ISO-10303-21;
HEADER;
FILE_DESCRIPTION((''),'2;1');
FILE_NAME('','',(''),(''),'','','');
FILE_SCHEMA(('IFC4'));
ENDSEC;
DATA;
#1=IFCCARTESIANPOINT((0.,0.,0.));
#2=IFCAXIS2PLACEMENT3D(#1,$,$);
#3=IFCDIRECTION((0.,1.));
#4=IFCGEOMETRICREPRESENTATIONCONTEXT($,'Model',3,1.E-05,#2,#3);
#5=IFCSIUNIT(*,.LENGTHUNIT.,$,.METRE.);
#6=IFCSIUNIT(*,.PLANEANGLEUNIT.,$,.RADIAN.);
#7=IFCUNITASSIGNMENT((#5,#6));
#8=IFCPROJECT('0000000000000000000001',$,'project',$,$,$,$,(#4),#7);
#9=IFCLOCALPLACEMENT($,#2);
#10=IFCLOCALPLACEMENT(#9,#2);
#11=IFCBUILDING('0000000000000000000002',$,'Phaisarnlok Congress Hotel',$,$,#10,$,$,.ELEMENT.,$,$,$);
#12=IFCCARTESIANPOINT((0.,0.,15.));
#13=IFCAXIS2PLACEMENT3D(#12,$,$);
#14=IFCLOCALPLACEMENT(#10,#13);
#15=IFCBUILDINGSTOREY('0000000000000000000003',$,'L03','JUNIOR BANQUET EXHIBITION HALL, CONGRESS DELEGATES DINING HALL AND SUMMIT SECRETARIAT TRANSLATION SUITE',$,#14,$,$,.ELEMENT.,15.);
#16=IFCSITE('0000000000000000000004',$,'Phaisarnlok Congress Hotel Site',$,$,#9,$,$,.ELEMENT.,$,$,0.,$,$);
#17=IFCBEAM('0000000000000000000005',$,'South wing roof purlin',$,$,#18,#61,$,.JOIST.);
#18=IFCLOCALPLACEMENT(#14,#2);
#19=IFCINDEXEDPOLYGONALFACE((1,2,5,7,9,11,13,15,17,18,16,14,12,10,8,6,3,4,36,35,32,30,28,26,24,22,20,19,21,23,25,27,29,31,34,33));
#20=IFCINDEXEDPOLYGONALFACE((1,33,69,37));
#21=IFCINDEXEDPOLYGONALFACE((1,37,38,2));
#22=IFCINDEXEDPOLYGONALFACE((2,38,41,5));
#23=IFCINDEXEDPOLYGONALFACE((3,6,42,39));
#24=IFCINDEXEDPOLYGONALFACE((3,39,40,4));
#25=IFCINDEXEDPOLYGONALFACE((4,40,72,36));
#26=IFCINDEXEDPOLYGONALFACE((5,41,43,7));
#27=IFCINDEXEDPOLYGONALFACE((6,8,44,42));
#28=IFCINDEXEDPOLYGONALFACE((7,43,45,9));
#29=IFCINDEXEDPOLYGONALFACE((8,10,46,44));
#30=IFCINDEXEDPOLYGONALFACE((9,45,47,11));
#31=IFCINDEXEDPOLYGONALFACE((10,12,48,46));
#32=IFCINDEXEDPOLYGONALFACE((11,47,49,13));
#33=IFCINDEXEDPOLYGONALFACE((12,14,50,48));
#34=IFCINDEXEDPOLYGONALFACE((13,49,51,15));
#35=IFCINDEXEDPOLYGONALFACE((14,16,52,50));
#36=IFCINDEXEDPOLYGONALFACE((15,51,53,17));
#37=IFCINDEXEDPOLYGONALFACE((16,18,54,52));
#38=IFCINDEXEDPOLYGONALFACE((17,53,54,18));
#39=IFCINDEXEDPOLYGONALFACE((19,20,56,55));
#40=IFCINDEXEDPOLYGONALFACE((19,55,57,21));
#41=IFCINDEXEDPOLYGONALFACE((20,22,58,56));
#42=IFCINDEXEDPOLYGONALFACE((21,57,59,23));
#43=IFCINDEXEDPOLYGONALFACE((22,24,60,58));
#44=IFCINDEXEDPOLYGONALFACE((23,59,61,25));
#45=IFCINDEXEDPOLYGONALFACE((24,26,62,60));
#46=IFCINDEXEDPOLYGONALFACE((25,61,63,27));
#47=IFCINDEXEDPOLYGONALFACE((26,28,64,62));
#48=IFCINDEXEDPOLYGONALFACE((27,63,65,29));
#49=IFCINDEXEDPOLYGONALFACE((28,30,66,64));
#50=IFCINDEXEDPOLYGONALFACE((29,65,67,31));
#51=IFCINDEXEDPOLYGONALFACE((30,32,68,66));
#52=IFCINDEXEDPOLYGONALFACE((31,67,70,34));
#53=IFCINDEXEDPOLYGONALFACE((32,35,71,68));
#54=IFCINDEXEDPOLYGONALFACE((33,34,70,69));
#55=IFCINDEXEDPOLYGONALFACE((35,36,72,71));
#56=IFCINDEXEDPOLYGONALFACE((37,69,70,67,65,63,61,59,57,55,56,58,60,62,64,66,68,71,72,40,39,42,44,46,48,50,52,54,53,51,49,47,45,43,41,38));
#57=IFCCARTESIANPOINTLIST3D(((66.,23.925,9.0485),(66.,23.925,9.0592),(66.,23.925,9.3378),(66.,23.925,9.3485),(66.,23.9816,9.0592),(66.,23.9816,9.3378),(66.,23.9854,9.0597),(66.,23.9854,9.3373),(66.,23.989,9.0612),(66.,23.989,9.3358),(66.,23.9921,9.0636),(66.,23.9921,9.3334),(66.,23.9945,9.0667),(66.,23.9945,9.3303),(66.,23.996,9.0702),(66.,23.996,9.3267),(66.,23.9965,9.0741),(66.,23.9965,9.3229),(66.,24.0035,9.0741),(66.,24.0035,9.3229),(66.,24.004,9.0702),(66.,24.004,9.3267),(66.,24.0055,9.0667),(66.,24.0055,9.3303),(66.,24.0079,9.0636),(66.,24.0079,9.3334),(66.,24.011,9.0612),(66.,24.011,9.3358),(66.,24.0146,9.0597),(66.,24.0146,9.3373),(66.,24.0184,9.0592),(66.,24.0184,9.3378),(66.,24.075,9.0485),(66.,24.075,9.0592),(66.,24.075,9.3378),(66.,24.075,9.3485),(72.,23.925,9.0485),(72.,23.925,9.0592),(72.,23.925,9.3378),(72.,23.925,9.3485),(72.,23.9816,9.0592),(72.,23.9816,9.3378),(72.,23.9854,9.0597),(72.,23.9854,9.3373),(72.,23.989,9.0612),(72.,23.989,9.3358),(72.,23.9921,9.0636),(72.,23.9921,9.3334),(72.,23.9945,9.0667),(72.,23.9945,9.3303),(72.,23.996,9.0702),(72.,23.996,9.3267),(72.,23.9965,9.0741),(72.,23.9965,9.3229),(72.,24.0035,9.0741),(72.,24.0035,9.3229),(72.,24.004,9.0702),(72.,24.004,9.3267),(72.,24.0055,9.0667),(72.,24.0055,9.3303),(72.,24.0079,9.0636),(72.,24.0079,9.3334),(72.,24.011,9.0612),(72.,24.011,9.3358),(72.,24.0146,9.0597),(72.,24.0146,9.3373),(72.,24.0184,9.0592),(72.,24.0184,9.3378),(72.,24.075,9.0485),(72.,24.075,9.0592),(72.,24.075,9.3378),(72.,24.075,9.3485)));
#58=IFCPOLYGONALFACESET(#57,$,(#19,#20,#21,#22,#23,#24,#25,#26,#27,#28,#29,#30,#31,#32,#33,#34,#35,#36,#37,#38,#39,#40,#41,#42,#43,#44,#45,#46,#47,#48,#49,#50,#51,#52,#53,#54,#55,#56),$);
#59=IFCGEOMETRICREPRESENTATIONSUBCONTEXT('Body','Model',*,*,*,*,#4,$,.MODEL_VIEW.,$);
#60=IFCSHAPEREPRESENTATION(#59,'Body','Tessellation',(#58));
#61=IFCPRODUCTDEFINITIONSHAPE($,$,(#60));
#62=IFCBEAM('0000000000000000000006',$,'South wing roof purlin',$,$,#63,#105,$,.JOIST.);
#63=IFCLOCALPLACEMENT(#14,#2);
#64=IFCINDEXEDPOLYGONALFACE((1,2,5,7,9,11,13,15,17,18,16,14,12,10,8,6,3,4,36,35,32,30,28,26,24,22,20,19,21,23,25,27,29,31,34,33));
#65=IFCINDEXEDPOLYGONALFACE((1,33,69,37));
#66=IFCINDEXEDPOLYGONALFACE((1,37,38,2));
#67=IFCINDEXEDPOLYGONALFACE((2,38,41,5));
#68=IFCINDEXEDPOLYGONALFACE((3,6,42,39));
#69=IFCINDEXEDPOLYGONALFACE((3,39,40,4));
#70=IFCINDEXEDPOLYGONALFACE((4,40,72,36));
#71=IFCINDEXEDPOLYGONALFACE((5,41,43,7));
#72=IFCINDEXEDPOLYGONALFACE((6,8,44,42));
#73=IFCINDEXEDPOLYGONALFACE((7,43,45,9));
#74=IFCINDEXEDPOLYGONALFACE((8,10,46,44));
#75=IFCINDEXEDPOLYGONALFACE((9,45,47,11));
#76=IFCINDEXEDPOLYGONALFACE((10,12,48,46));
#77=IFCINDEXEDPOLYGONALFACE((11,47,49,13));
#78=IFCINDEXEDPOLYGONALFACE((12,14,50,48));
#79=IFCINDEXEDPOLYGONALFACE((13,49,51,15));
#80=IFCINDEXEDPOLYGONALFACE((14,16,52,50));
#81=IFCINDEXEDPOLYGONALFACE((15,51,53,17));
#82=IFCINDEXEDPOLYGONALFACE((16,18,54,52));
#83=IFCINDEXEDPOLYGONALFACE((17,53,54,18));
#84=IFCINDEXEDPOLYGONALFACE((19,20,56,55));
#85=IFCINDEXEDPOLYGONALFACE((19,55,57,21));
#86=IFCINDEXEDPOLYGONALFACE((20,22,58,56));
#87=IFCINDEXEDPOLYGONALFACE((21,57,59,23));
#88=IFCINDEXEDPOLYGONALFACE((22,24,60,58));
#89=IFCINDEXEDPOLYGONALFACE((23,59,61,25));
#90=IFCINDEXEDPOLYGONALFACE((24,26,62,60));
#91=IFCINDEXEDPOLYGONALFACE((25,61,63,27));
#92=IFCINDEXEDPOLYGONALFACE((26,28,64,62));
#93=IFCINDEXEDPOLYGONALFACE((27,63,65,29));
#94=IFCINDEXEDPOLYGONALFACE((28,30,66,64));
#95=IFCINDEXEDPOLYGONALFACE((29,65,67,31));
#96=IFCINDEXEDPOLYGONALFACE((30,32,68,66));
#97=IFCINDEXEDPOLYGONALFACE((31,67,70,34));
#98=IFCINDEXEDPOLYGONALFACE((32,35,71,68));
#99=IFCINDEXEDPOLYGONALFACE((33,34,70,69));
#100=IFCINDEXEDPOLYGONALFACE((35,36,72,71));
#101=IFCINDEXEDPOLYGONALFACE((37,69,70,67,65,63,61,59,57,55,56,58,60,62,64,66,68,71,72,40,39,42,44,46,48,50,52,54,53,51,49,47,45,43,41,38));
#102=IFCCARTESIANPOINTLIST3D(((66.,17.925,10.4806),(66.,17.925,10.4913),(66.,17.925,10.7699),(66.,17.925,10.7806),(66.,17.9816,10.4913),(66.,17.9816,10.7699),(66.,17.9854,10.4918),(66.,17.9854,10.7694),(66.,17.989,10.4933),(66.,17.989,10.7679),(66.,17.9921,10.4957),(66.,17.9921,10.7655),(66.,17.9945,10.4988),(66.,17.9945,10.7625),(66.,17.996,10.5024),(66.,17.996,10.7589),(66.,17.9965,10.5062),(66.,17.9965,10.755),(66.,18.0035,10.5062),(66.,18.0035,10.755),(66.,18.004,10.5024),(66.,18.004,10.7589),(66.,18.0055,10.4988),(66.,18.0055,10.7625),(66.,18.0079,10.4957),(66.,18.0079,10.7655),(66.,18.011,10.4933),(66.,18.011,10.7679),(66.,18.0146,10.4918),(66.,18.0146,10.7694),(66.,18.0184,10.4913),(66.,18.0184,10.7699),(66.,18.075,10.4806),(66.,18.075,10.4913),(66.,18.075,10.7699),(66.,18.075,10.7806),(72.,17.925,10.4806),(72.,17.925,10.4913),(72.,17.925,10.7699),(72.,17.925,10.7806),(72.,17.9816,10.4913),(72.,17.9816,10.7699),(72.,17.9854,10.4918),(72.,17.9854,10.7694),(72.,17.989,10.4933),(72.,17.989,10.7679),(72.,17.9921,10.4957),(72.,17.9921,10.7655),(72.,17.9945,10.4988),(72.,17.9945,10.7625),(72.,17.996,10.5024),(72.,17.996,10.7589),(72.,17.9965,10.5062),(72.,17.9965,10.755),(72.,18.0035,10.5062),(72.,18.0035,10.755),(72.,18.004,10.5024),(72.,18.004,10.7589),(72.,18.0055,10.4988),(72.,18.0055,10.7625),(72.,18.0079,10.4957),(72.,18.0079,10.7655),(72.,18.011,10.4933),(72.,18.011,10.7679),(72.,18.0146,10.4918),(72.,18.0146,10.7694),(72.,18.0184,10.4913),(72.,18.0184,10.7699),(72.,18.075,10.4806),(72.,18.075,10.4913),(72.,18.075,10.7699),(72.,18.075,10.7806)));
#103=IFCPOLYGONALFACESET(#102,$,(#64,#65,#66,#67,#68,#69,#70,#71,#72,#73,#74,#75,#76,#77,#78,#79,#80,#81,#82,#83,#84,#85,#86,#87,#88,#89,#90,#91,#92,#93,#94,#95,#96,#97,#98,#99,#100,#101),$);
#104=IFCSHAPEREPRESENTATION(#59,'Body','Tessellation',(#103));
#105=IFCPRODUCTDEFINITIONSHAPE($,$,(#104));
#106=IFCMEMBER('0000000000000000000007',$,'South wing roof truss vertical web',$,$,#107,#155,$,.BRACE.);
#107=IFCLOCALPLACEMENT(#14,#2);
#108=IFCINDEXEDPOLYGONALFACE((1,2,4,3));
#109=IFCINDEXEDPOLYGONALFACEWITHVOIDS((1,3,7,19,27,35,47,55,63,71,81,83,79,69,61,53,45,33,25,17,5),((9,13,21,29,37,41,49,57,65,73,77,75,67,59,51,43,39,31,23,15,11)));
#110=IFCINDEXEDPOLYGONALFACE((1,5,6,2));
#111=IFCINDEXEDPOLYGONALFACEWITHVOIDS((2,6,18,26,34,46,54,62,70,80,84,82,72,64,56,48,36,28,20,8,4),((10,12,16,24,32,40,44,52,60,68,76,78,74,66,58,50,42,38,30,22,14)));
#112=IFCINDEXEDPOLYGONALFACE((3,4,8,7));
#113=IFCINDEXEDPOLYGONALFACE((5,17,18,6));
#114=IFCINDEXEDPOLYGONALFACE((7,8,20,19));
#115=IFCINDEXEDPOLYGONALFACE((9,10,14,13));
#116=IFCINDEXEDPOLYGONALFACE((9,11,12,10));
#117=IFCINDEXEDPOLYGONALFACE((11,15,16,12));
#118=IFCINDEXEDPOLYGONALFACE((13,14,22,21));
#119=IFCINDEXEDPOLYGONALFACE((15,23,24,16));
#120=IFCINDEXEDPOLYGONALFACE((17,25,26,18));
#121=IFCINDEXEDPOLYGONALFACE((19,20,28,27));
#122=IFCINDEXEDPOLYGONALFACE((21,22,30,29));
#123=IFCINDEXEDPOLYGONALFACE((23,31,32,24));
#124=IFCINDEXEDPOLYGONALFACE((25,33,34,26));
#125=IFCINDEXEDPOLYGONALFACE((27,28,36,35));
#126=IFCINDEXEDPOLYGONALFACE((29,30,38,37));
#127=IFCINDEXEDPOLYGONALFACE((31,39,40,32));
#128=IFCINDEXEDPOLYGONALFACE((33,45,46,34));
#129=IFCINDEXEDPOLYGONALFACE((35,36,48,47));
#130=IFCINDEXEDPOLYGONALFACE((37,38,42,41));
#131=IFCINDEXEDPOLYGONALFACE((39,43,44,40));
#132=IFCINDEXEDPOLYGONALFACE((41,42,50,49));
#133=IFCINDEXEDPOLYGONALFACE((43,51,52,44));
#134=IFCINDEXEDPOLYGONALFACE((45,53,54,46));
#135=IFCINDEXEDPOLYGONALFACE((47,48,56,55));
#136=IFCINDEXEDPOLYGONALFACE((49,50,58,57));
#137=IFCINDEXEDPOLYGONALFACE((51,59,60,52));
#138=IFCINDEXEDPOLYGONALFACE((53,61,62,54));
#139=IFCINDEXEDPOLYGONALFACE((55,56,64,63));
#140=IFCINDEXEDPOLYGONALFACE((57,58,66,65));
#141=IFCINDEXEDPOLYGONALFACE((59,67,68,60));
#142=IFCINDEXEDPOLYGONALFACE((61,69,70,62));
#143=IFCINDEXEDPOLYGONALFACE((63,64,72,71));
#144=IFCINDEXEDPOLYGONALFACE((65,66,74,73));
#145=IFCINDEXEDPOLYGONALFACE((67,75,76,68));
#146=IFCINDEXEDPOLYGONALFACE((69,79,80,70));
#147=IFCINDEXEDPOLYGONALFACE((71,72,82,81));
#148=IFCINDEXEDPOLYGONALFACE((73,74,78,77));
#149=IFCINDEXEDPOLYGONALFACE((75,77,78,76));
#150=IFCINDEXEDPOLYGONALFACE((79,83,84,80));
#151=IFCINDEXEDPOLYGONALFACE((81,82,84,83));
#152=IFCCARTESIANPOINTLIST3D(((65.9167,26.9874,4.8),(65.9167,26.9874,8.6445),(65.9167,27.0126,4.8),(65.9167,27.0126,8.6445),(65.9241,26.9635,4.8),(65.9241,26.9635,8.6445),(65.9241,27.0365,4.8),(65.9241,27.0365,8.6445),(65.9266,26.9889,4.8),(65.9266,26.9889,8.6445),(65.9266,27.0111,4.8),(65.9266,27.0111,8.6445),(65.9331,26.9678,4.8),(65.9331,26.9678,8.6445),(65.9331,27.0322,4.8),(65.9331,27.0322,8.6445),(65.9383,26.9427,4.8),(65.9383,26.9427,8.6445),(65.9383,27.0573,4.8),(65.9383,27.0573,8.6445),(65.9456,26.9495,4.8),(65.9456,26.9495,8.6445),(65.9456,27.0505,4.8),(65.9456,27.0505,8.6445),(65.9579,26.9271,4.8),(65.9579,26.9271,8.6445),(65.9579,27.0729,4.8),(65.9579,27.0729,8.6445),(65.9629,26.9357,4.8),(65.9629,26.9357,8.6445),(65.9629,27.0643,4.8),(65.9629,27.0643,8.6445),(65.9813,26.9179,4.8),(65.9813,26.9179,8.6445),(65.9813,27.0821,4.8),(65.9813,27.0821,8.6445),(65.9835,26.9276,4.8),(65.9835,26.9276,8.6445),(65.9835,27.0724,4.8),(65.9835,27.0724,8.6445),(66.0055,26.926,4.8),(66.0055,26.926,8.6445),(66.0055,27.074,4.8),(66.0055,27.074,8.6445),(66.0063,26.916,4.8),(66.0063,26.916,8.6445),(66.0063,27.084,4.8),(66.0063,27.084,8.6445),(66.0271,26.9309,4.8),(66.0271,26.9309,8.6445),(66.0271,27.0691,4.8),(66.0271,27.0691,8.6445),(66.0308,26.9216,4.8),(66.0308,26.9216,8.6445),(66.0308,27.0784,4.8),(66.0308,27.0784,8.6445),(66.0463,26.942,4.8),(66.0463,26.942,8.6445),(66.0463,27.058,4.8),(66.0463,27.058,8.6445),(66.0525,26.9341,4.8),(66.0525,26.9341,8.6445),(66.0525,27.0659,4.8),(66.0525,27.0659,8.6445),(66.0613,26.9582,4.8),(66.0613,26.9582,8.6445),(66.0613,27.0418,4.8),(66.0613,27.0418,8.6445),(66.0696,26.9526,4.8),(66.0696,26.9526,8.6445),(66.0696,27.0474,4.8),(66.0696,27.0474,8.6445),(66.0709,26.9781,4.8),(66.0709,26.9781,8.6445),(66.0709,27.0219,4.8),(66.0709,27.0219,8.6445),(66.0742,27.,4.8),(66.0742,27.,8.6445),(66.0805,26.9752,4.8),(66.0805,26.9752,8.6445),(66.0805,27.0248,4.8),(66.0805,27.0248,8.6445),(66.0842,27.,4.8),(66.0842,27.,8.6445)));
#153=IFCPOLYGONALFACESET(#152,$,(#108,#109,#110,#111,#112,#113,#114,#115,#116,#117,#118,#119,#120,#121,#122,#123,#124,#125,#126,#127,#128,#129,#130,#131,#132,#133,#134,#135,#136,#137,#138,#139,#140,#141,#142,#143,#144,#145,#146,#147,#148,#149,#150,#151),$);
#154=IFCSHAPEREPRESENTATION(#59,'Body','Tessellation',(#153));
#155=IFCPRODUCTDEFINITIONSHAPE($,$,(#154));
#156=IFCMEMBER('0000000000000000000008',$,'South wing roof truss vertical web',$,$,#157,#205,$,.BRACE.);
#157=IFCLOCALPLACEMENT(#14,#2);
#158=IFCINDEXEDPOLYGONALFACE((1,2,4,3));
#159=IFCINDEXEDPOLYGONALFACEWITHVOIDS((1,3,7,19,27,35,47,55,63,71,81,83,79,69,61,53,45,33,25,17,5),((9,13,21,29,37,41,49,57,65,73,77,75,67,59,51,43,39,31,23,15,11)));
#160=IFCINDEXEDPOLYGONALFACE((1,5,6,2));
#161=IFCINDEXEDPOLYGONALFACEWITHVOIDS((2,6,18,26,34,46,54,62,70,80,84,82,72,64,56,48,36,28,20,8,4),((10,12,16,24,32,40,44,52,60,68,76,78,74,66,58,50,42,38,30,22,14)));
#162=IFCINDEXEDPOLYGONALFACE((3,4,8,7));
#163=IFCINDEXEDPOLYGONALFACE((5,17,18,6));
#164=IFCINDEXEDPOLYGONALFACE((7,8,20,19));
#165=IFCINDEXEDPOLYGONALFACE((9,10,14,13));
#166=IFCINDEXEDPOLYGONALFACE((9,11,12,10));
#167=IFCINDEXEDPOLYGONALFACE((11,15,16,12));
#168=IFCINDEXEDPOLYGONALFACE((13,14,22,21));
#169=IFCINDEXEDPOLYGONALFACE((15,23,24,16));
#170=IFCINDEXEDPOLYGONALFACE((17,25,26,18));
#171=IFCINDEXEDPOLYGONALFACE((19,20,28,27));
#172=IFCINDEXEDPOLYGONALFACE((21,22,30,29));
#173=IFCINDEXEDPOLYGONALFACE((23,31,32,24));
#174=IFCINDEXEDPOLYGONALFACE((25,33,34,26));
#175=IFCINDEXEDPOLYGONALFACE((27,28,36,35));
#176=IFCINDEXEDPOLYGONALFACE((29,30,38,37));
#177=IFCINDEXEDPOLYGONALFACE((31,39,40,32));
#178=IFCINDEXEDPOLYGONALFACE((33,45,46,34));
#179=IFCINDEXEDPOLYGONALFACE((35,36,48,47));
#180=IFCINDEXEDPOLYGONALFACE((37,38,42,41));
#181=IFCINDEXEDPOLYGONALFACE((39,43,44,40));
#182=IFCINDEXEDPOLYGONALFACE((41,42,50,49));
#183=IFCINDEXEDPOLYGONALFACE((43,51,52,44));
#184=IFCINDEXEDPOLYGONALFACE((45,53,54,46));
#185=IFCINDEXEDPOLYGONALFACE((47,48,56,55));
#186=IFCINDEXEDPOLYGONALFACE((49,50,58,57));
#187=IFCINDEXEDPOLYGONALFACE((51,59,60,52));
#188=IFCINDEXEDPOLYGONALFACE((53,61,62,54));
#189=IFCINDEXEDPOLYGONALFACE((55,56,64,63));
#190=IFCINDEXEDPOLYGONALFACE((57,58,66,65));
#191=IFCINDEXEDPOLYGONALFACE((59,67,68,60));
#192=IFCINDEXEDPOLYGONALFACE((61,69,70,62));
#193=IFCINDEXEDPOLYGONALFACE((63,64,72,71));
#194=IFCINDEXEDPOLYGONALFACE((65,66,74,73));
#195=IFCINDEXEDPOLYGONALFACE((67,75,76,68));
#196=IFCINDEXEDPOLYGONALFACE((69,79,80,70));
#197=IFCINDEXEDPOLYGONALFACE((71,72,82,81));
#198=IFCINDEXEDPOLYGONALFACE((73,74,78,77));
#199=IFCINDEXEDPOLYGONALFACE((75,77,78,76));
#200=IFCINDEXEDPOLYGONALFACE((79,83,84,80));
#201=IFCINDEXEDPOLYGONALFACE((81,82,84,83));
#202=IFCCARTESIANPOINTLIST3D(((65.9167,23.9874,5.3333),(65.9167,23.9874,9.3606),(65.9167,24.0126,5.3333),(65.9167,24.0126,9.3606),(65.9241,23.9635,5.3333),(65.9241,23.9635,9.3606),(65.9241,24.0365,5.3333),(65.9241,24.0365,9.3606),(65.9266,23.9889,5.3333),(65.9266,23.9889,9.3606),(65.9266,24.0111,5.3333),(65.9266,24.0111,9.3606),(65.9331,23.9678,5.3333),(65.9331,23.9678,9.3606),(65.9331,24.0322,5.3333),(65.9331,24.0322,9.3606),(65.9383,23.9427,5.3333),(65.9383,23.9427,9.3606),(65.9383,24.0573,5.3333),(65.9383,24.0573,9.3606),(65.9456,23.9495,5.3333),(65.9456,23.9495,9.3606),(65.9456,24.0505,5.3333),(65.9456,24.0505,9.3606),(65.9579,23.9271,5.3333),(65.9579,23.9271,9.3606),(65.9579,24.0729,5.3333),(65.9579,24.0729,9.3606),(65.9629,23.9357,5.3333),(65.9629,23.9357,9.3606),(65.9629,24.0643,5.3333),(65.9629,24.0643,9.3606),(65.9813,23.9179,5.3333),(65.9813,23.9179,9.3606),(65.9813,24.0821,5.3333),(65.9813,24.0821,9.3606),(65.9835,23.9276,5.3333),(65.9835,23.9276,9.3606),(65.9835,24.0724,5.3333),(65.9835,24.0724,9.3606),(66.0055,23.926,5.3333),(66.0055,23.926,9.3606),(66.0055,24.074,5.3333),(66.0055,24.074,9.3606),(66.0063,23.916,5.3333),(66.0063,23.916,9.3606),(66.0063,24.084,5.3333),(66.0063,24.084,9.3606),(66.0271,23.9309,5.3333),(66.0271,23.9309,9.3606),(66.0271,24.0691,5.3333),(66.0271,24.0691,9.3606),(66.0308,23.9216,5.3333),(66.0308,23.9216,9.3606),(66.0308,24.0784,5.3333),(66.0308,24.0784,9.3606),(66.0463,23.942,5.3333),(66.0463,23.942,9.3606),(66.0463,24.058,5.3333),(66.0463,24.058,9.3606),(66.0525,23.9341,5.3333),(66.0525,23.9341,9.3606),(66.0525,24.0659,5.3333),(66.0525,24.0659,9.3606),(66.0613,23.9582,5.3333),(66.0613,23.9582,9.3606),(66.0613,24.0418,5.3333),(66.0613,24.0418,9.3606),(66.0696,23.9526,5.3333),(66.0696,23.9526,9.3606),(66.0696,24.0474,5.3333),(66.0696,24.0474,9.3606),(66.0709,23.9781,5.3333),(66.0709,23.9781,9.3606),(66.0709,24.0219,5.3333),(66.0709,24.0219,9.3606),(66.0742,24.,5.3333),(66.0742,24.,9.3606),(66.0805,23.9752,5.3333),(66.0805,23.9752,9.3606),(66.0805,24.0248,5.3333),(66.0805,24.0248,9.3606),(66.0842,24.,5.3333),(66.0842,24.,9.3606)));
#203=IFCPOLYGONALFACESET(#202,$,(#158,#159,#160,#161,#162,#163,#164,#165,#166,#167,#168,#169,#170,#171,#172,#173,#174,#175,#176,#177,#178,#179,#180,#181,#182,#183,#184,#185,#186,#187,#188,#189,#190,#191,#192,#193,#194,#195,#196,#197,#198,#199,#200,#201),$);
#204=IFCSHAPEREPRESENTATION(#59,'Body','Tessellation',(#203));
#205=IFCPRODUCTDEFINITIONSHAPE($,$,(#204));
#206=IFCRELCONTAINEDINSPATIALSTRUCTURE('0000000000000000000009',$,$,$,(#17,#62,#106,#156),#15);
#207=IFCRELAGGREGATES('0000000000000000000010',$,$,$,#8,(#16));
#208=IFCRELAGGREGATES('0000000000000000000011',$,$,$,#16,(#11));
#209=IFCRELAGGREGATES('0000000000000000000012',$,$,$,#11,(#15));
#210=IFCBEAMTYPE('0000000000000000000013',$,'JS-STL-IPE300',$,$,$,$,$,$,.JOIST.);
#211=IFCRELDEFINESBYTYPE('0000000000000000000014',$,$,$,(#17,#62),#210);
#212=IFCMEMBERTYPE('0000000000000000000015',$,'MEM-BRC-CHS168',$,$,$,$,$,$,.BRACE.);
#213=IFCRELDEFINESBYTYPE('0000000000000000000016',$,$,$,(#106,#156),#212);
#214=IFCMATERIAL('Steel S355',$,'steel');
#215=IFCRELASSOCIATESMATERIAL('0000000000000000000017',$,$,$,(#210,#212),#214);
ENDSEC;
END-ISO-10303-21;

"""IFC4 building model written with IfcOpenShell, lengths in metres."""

from ifc_helpers import new_model, si_unit, direction, frame, origin, origin_2d, place, context, subcontext, project, spatial, hollow_circle, i_section, extrude, material, material_profile, profile_set, type_object, element, save


model = new_model("IFC4")

# Units and contexts
model_context = context("Model", 3, precision=1e-05, world=origin(), true_north=direction((0.0, 1.0)))
body_context = subcontext(model_context, "Body", "Model", "MODEL_VIEW")
ifc_project = project(units=[si_unit("LENGTHUNIT", "METRE"), si_unit("PLANEANGLEUNIT", "RADIAN")], contexts=[model_context])

# Site, building, storey
site_placement = place(None, origin())
site = spatial("IfcSite", under=ifc_project, at=site_placement, Name="Phaisarnlok Congress Hotel Site", CompositionType="ELEMENT", RefElevation=0.0)
building_placement = place(site_placement, origin())
building = spatial("IfcBuilding", under=site, at=building_placement, Name="Phaisarnlok Congress Hotel", CompositionType="ELEMENT")
storey_placement = place(building_placement, frame((0.0, 0.0, 15.0)))
storey = spatial("IfcBuildingStorey", under=building, at=storey_placement, Name="L03", Description="JUNIOR BANQUET EXHIBITION HALL, CONGRESS DELEGATES DINING HALL AND SUMMIT SECRETARIAT TRANSLATION SUITE", CompositionType="ELEMENT", Elevation=15.0)

# Beams
ifc_material_1 = material(Name="Steel S355", Category="steel")
ifc_material_profile_1 = material_profile(ifc_material_1, i_section(OverallWidth=0.1499, OverallDepth=0.3, WebThickness=0.0071, FlangeThickness=0.0107, FilletRadius=0.0149, at=origin_2d()), Name="IPE 300")
ifc_profile_set_1 = profile_set([ifc_material_profile_1], Name="Steel S355")
beam_type = type_object("IfcBeamType", Name="JS-STL-IPE300", PredefinedType="JOIST", material=ifc_profile_set_1)
for number, where, z_axis, x_axis, name in (
    (1, (66.0, 24.0, 9.1985), (1.0, 0.0, 0.0), (0.0, 1.0, 0.0), "South wing roof purlin"),
    (2, (66.0, 18.0, 10.6306), (1.0, 0.0, 0.0), (0.0, 1.0, 0.0), "South wing roof purlin"),
):
    element("IfcBeam", number, at=place(storey_placement, frame(where, z_axis=z_axis, x_axis=x_axis)), inside=storey, type_object=beam_type, Name=name, PredefinedType="JOIST", context=body_context, shape_type="SweptSolid", body=[
        extrude(i_section(OverallWidth=0.1499, OverallDepth=0.3, WebThickness=0.0071, FlangeThickness=0.0107, FilletRadius=0.0149, at=origin_2d()), origin(), (0.0, 0.0, 1.0), 6.0),
    ])

# Members
ifc_material_profile_2 = material_profile(ifc_material_1, hollow_circle(Radius=0.0842, WallThickness=0.01, at=origin_2d()), Name="CHS 168.3x10")
ifc_profile_set_2 = profile_set([ifc_material_profile_2], Name="Steel S355")
member_type_1 = type_object("IfcMemberType", Name="MEM-BRC-CHS168", PredefinedType="BRACE", material=ifc_profile_set_2)
member_1_placement = place(storey_placement, frame((66.0, 27.0, 4.8), z_axis=(0.0, 0.0, 1.0), x_axis=(1.0, 0.0, 0.0)))
element("IfcMember", 3, at=member_1_placement, inside=storey, type_object=member_type_1, Name="South wing roof truss vertical web", PredefinedType="BRACE", context=body_context, shape_type="SweptSolid", body=[
    extrude(hollow_circle(Radius=0.0842, WallThickness=0.01, at=origin_2d()), origin(), (0.0, 0.0, 1.0), 3.8445),
])
member_2_placement = place(storey_placement, frame((66.0, 24.0, 5.3333), z_axis=(0.0, 0.0, 1.0), x_axis=(1.0, 0.0, 0.0)))
element("IfcMember", 4, at=member_2_placement, inside=storey, type_object=member_type_1, Name="South wing roof truss vertical web", PredefinedType="BRACE", context=body_context, shape_type="SweptSolid", body=[
    extrude(hollow_circle(Radius=0.0842, WallThickness=0.01, at=origin_2d()), origin(), (0.0, 0.0, 1.0), 4.0273),
])

save(model, "model.ifc")
